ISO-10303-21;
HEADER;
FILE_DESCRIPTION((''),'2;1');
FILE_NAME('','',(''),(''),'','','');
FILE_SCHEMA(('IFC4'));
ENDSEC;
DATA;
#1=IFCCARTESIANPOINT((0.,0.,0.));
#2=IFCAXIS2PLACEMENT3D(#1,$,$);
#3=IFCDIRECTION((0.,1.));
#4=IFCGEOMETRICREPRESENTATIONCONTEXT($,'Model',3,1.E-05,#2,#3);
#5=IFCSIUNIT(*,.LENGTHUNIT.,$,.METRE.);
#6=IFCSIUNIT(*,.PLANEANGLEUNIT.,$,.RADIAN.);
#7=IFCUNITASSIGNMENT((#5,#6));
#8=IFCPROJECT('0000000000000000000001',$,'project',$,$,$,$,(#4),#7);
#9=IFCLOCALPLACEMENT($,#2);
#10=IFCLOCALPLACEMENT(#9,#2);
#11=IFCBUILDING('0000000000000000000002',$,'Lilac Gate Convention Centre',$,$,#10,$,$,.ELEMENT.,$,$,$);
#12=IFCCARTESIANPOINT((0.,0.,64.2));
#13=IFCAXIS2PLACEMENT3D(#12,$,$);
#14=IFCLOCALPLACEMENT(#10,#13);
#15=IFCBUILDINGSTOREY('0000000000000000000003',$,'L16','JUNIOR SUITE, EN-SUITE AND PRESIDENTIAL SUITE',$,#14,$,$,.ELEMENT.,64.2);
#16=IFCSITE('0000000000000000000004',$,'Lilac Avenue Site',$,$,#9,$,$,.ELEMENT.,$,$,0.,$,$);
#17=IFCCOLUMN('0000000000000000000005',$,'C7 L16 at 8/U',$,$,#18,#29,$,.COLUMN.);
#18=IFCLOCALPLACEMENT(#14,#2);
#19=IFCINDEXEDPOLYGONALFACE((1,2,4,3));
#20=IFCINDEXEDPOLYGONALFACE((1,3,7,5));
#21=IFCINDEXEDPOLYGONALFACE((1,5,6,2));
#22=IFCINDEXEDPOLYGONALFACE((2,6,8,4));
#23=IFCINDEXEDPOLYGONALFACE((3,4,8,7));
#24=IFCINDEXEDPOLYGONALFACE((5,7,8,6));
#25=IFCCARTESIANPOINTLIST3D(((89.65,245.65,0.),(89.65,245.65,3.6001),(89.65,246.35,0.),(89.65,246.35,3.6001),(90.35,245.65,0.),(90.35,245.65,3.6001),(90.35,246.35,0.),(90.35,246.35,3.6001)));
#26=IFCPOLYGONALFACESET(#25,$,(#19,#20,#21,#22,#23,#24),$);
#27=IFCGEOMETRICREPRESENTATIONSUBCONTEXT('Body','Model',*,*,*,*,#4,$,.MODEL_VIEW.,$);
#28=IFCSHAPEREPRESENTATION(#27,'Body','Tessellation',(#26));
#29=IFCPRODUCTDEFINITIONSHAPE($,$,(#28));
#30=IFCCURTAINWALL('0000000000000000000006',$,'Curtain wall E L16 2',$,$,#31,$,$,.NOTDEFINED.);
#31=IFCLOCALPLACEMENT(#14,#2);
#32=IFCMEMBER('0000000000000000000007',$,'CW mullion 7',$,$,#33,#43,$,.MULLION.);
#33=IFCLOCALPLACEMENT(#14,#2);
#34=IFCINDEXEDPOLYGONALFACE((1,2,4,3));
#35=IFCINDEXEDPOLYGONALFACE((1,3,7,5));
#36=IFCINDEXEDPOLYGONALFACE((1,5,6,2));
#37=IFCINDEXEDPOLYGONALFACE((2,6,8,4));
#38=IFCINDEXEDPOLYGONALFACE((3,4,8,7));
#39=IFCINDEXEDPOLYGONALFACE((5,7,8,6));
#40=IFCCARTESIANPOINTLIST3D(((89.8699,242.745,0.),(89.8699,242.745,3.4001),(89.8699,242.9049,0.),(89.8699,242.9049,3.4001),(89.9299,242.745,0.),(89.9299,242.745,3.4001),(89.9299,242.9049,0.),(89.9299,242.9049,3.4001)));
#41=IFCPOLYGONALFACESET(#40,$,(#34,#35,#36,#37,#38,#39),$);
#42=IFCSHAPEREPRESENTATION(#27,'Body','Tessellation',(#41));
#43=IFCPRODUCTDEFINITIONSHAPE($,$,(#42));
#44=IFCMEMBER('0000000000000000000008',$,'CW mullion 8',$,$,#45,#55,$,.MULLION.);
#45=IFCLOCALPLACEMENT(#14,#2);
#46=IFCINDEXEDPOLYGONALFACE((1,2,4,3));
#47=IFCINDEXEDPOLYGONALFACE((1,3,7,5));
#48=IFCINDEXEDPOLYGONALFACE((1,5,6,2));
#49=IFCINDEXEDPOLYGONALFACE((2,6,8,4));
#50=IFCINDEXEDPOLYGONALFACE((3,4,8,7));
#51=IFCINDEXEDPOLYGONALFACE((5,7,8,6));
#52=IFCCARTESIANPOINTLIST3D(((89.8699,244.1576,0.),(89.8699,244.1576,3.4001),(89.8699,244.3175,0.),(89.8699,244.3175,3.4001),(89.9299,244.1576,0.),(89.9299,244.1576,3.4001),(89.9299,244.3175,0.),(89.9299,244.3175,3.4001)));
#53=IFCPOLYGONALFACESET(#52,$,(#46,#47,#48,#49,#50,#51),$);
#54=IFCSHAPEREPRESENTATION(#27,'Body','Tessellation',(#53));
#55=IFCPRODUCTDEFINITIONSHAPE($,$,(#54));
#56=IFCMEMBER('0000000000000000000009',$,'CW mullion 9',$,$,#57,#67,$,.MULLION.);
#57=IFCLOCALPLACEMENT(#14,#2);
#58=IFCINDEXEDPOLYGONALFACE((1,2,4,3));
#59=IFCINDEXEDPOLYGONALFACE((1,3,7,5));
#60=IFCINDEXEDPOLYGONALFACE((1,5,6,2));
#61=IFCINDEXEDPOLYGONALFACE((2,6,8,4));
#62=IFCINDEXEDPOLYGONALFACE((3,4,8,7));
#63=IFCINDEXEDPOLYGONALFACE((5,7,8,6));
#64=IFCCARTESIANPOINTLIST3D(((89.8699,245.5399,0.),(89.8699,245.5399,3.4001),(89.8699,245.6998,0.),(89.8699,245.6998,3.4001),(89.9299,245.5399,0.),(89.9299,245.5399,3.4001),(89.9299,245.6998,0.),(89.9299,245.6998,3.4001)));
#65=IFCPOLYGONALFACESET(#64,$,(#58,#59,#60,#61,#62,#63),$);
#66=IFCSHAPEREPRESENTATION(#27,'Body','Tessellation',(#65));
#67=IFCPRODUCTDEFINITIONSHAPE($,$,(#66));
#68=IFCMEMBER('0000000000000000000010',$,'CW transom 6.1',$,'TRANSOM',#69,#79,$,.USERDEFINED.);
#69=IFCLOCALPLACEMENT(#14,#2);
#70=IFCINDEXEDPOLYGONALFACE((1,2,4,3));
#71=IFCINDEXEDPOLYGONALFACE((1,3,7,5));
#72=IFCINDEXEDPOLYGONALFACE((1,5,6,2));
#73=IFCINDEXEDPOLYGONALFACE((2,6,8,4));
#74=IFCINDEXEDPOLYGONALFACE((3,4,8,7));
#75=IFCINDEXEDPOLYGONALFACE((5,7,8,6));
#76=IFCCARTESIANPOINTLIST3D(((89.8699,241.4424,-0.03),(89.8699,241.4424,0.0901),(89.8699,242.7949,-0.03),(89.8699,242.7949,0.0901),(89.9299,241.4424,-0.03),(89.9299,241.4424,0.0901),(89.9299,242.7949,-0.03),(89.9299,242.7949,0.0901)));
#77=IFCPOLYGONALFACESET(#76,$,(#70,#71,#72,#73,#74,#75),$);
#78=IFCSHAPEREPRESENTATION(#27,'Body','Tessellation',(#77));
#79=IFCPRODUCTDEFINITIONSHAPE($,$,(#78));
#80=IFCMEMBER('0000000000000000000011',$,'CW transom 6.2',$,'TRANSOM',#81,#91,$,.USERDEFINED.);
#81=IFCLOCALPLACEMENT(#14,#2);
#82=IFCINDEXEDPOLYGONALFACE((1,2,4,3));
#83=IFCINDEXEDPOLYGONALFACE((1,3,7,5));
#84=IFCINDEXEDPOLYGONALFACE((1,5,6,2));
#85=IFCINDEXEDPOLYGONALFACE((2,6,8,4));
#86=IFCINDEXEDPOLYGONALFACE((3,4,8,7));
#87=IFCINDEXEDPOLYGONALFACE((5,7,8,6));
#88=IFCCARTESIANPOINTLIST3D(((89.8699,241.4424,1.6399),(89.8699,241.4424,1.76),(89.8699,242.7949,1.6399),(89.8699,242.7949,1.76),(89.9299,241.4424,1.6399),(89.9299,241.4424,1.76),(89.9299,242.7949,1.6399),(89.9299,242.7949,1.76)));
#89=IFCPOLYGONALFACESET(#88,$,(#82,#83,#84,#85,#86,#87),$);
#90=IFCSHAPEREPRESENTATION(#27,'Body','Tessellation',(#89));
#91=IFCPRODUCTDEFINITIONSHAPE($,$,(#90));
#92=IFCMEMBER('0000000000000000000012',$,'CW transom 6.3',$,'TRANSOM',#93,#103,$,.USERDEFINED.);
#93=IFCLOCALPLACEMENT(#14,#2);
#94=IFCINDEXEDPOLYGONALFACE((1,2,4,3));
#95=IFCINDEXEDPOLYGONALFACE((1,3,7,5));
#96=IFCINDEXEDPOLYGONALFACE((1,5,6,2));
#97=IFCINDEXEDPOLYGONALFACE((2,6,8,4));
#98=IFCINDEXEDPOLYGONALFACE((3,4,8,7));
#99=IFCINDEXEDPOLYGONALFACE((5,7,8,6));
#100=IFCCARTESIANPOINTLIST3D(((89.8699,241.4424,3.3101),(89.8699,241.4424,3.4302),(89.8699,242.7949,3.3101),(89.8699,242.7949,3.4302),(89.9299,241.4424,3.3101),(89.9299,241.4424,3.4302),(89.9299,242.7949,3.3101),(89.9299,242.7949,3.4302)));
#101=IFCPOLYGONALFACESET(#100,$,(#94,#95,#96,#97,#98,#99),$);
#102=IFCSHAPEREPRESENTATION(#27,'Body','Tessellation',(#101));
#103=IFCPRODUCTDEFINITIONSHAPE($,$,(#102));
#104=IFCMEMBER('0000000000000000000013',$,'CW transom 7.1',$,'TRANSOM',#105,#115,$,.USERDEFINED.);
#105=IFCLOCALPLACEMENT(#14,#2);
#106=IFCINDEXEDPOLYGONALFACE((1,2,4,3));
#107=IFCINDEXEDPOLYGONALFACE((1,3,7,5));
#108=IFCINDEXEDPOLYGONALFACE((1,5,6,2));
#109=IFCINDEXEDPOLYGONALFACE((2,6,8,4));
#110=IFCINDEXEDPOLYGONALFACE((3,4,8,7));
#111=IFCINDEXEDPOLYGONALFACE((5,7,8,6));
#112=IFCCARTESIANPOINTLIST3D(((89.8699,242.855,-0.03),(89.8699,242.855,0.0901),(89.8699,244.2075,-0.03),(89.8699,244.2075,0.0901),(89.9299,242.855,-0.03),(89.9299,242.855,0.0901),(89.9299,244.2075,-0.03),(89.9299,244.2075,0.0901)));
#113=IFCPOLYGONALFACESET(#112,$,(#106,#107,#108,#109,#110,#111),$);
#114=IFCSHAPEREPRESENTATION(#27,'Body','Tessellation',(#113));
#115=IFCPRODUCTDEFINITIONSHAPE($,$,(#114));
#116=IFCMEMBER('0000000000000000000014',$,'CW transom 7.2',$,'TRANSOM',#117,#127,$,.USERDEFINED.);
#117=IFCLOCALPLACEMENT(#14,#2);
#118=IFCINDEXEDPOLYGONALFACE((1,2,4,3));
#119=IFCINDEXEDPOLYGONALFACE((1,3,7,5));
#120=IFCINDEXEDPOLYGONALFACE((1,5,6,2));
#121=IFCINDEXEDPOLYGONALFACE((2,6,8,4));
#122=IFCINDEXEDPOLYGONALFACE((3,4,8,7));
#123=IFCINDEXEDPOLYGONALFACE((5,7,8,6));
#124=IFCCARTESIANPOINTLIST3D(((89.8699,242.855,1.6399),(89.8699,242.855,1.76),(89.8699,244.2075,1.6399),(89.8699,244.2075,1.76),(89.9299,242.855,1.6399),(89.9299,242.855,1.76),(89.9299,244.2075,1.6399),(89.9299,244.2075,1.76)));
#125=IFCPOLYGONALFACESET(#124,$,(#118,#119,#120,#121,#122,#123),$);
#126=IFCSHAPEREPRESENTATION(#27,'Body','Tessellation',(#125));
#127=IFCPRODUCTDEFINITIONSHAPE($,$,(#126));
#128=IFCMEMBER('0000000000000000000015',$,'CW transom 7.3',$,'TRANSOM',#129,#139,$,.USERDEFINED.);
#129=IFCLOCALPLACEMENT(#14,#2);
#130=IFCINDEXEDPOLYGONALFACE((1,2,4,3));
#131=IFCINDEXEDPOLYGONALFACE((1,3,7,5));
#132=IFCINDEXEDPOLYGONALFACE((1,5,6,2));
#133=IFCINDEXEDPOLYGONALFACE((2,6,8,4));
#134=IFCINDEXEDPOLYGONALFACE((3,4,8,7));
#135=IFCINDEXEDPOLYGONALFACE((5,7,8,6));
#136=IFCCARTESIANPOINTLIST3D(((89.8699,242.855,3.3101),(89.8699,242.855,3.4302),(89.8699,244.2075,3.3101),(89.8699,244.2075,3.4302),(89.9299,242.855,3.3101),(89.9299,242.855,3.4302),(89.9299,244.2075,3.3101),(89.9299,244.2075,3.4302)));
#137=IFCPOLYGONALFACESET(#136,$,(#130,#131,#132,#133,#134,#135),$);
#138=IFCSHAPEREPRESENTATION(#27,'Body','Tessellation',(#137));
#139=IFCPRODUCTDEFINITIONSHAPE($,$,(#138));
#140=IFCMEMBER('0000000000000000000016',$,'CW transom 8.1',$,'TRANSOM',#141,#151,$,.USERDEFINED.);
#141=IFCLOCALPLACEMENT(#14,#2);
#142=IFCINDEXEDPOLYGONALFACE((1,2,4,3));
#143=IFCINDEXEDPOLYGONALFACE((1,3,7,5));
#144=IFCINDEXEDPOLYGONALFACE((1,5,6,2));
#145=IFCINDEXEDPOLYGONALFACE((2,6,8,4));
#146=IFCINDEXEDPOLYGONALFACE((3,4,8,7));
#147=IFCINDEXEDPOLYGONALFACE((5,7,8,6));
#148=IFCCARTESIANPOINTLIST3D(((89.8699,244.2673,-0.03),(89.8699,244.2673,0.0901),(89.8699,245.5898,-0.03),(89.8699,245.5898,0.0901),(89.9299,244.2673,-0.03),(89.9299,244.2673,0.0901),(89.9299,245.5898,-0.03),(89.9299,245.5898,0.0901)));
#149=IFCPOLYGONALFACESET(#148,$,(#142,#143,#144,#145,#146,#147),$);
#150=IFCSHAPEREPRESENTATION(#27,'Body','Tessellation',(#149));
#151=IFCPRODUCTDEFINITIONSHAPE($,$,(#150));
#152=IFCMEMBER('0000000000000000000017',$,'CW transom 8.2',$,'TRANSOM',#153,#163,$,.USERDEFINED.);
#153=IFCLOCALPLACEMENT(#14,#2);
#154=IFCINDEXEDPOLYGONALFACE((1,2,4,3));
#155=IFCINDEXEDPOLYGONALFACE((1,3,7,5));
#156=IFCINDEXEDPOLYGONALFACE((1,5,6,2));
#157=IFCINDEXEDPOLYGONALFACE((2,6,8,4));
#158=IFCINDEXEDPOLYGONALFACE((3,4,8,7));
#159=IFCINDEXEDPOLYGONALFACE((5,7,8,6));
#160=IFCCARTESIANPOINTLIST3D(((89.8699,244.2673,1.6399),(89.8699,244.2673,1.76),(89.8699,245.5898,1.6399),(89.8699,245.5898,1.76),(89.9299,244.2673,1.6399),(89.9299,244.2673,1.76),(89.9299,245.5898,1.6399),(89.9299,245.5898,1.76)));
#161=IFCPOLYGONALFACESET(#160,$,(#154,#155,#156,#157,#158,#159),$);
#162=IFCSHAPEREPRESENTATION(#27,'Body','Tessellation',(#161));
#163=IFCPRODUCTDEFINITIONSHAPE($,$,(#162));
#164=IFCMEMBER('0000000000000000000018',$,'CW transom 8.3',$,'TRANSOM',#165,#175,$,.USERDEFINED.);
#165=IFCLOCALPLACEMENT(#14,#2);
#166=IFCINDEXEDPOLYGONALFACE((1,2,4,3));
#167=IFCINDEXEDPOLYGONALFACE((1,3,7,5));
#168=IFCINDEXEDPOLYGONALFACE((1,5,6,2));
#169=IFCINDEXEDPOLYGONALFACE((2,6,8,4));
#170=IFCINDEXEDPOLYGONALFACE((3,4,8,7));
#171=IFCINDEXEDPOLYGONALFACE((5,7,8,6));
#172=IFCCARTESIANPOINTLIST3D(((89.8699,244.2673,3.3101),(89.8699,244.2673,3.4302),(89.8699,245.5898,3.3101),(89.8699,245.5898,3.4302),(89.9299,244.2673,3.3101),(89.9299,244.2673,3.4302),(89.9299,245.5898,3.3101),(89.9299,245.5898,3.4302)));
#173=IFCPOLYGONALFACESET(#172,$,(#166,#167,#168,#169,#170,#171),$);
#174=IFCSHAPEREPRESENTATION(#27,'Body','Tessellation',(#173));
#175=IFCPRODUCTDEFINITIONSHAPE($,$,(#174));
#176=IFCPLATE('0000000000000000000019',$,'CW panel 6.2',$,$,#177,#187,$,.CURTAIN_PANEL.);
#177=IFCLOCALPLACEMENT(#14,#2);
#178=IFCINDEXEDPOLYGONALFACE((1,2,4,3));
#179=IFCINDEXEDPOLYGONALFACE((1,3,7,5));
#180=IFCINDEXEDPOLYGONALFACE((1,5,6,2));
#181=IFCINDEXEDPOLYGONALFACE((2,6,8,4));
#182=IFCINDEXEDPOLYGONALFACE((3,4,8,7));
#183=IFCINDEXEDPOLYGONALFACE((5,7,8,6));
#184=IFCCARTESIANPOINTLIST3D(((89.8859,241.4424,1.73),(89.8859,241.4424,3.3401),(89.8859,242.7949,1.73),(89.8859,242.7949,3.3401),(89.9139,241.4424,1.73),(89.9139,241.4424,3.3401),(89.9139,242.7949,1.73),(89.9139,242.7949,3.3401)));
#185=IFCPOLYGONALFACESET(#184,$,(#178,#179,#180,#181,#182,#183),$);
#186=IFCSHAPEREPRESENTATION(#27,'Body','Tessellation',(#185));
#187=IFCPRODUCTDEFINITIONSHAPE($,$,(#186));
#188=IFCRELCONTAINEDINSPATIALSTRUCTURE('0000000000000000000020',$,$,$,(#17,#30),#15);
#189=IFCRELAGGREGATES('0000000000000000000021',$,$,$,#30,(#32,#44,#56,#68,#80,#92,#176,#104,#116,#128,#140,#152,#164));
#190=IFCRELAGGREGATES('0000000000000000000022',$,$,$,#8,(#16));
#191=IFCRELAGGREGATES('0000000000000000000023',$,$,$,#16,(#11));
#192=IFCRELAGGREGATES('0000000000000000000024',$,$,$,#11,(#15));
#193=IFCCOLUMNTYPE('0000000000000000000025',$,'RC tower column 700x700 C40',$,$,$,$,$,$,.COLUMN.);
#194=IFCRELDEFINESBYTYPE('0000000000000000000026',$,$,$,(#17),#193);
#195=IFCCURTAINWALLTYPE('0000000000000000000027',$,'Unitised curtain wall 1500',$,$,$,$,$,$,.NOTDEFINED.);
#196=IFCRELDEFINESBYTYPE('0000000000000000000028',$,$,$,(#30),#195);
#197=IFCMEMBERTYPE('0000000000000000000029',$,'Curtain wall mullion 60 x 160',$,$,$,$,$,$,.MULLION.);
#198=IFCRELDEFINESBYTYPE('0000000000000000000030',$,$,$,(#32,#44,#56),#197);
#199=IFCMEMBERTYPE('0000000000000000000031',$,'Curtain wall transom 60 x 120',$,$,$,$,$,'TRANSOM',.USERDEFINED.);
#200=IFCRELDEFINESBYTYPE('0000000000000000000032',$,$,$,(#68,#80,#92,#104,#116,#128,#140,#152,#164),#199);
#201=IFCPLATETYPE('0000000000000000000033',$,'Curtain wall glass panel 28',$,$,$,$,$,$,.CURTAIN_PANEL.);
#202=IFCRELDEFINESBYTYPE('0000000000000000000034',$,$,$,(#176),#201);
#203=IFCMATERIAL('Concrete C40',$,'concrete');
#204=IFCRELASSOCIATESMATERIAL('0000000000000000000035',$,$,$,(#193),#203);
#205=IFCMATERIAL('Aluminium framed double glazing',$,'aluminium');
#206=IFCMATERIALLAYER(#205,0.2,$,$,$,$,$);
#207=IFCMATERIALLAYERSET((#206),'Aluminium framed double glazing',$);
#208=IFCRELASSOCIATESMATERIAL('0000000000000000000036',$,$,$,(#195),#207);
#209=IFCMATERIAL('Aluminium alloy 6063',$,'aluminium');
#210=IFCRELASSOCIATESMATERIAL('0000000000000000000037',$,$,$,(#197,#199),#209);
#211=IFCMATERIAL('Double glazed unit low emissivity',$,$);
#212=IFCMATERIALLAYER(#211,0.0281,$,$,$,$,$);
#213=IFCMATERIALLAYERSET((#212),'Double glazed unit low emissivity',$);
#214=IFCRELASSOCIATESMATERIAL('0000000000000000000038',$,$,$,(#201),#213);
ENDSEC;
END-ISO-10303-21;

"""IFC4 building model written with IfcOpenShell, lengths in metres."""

from ifc_helpers import new_model, si_unit, direction, frame, origin, origin_2d, place, context, subcontext, project, spatial, rectangle, extrude, material, layer, layer_set, material_profile, profile_set, type_object, element, aggregate, save


model = new_model("IFC4")

# Units and contexts
model_context = context("Model", 3, precision=1e-05, world=origin(), true_north=direction((0.0, 1.0)))
body_context = subcontext(model_context, "Body", "Model", "MODEL_VIEW")
ifc_project = project(units=[si_unit("LENGTHUNIT", "METRE"), si_unit("PLANEANGLEUNIT", "RADIAN")], contexts=[model_context])

# Site, building, storey
site_placement = place(None, origin())
site = spatial("IfcSite", under=ifc_project, at=site_placement, Name="Lilac Avenue Site", CompositionType="ELEMENT", RefElevation=0.0)
building_placement = place(site_placement, origin())
building = spatial("IfcBuilding", under=site, at=building_placement, Name="Lilac Gate Convention Centre", CompositionType="ELEMENT")
storey_placement = place(building_placement, frame((0.0, 0.0, 64.2)))
storey = spatial("IfcBuildingStorey", under=building, at=storey_placement, Name="L16", Description="JUNIOR SUITE, EN-SUITE AND PRESIDENTIAL SUITE", CompositionType="ELEMENT", Elevation=64.2)

# Column
ifc_material_1 = material(Name="Concrete C40", Category="concrete")
ifc_material_profile_1 = material_profile(ifc_material_1, rectangle(XDim=0.7, YDim=0.7, at=origin_2d()), Name="RC 700x700")
ifc_profile_set_1 = profile_set([ifc_material_profile_1], Name="Concrete C40")
column_type = type_object("IfcColumnType", Name="RC tower column 700x700 C40", PredefinedType="COLUMN", material=ifc_profile_set_1)
column_placement = place(storey_placement, frame((90.0, 246.0, 0.0), z_axis=(0.0, 0.0, 1.0), x_axis=(1.0, 0.0, 0.0)))
element("IfcColumn", 1, at=column_placement, inside=storey, type_object=column_type, Name="C7 L16 at 8/U", PredefinedType="COLUMN", context=body_context, shape_type="SweptSolid", body=[
    extrude(rectangle(XDim=0.7, YDim=0.7, at=origin_2d()), origin(), (0.0, 0.0, 1.0), 3.6001),
])

# Curtain wall, members, plate
ifc_material_2 = material(Name="Aluminium framed double glazing", Category="aluminium")
ifc_layer_1 = layer(ifc_material_2, 0.2)
ifc_layer_set_1 = layer_set([ifc_layer_1], Name="Aluminium framed double glazing")
curtain_wall_type = type_object("IfcCurtainWallType", Name="Unitised curtain wall 1500", PredefinedType="NOTDEFINED", material=ifc_layer_set_1)
curtain_wall_placement = place(storey_placement, origin())
curtain_wall = element("IfcCurtainWall", 2, at=curtain_wall_placement, inside=storey, type_object=curtain_wall_type, Name="Curtain wall E L16 2", PredefinedType="NOTDEFINED")
ifc_material_3 = material(Name="Aluminium alloy 6063", Category="aluminium")
ifc_material_profile_2 = material_profile(ifc_material_3, rectangle(XDim=0.0601, YDim=0.1599, at=origin_2d()), Name="Curtain wall mullion 60 x 160")
ifc_profile_set_2 = profile_set([ifc_material_profile_2], Name="Aluminium alloy 6063")
member_type_1 = type_object("IfcMemberType", Name="Curtain wall mullion 60 x 160", PredefinedType="MULLION", material=ifc_profile_set_2)
member_1_placement = place(storey_placement, frame((89.8999, 242.825, 0.0), z_axis=(0.0, 0.0, 1.0), x_axis=(-1.0, 0.0, 0.0)))
member_1 = element("IfcMember", 3, at=member_1_placement, type_object=member_type_1, Name="CW mullion 7", PredefinedType="MULLION", context=body_context, shape_type="SweptSolid", body=[
    extrude(rectangle(XDim=0.0601, YDim=0.1599, at=origin_2d()), origin(), (0.0, 0.0, 1.0), 3.4001),
])
member_2_placement = place(storey_placement, frame((89.8999, 244.2375, 0.0), z_axis=(0.0, 0.0, 1.0), x_axis=(-1.0, 0.0, 0.0)))
member_2 = element("IfcMember", 4, at=member_2_placement, type_object=member_type_1, Name="CW mullion 8", PredefinedType="MULLION", context=body_context, shape_type="SweptSolid", body=[
    extrude(rectangle(XDim=0.0601, YDim=0.1599, at=origin_2d()), origin(), (0.0, 0.0, 1.0), 3.4001),
])
member_3_placement = place(storey_placement, frame((89.8999, 245.6199, 0.0), z_axis=(0.0, 0.0, 1.0), x_axis=(-1.0, 0.0, 0.0)))
member_3 = element("IfcMember", 5, at=member_3_placement, type_object=member_type_1, Name="CW mullion 9", PredefinedType="MULLION", context=body_context, shape_type="SweptSolid", body=[
    extrude(rectangle(XDim=0.0601, YDim=0.1599, at=origin_2d()), origin(), (0.0, 0.0, 1.0), 3.4001),
])
ifc_material_profile_3 = material_profile(ifc_material_3, rectangle(XDim=0.0601, YDim=0.1201, at=origin_2d()), Name="Curtain wall transom 60 x 120")
ifc_profile_set_3 = profile_set([ifc_material_profile_3], Name="Aluminium alloy 6063")
member_type_2 = type_object("IfcMemberType", Name="Curtain wall transom 60 x 120", ElementType="TRANSOM", PredefinedType="USERDEFINED", material=ifc_profile_set_3)
member_4_placement = place(storey_placement, frame((89.8999, 241.4424, 0.03), z_axis=(0.0, 1.0, 0.0), x_axis=(-1.0, 0.0, 0.0)))
member_4 = element("IfcMember", 6, at=member_4_placement, type_object=member_type_2, Name="CW transom 6.1", ObjectType="TRANSOM", PredefinedType="USERDEFINED", context=body_context, shape_type="SweptSolid", body=[
    extrude(rectangle(XDim=0.0601, YDim=0.1201, at=origin_2d()), origin(), (0.0, 0.0, 1.0), 1.3525),
])
member_5_placement = place(storey_placement, frame((89.8999, 241.4424, 1.7), z_axis=(0.0, 1.0, 0.0), x_axis=(-1.0, 0.0, 0.0)))
member_5 = element("IfcMember", 7, at=member_5_placement, type_object=member_type_2, Name="CW transom 6.2", ObjectType="TRANSOM", PredefinedType="USERDEFINED", context=body_context, shape_type="SweptSolid", body=[
    extrude(rectangle(XDim=0.0601, YDim=0.1201, at=origin_2d()), origin(), (0.0, 0.0, 1.0), 1.3525),
])
member_6_placement = place(storey_placement, frame((89.8999, 241.4424, 3.3701), z_axis=(0.0, 1.0, 0.0), x_axis=(-1.0, 0.0, 0.0)))
member_6 = element("IfcMember", 8, at=member_6_placement, type_object=member_type_2, Name="CW transom 6.3", ObjectType="TRANSOM", PredefinedType="USERDEFINED", context=body_context, shape_type="SweptSolid", body=[
    extrude(rectangle(XDim=0.0601, YDim=0.1201, at=origin_2d()), origin(), (0.0, 0.0, 1.0), 1.3525),
])
member_7_placement = place(storey_placement, frame((89.8999, 242.855, 0.03), z_axis=(0.0, 1.0, 0.0), x_axis=(-1.0, 0.0, 0.0)))
member_7 = element("IfcMember", 9, at=member_7_placement, type_object=member_type_2, Name="CW transom 7.1", ObjectType="TRANSOM", PredefinedType="USERDEFINED", context=body_context, shape_type="SweptSolid", body=[
    extrude(rectangle(XDim=0.0601, YDim=0.1201, at=origin_2d()), origin(), (0.0, 0.0, 1.0), 1.3525),
])
member_8_placement = place(storey_placement, frame((89.8999, 242.855, 1.7), z_axis=(0.0, 1.0, 0.0), x_axis=(-1.0, 0.0, 0.0)))
member_8 = element("IfcMember", 10, at=member_8_placement, type_object=member_type_2, Name="CW transom 7.2", ObjectType="TRANSOM", PredefinedType="USERDEFINED", context=body_context, shape_type="SweptSolid", body=[
    extrude(rectangle(XDim=0.0601, YDim=0.1201, at=origin_2d()), origin(), (0.0, 0.0, 1.0), 1.3525),
])
member_9_placement = place(storey_placement, frame((89.8999, 242.855, 3.3701), z_axis=(0.0, 1.0, 0.0), x_axis=(-1.0, 0.0, 0.0)))
member_9 = element("IfcMember", 11, at=member_9_placement, type_object=member_type_2, Name="CW transom 7.3", ObjectType="TRANSOM", PredefinedType="USERDEFINED", context=body_context, shape_type="SweptSolid", body=[
    extrude(rectangle(XDim=0.0601, YDim=0.1201, at=origin_2d()), origin(), (0.0, 0.0, 1.0), 1.3525),
])
member_10_placement = place(storey_placement, frame((89.8999, 244.2673, 0.03), z_axis=(0.0, 1.0, 0.0), x_axis=(-1.0, 0.0, 0.0)))
member_10 = element("IfcMember", 12, at=member_10_placement, type_object=member_type_2, Name="CW transom 8.1", ObjectType="TRANSOM", PredefinedType="USERDEFINED", context=body_context, shape_type="SweptSolid", body=[
    extrude(rectangle(XDim=0.0601, YDim=0.1201, at=origin_2d()), origin(), (0.0, 0.0, 1.0), 1.3225),
])
member_11_placement = place(storey_placement, frame((89.8999, 244.2673, 1.7), z_axis=(0.0, 1.0, 0.0), x_axis=(-1.0, 0.0, 0.0)))
member_11 = element("IfcMember", 13, at=member_11_placement, type_object=member_type_2, Name="CW transom 8.2", ObjectType="TRANSOM", PredefinedType="USERDEFINED", context=body_context, shape_type="SweptSolid", body=[
    extrude(rectangle(XDim=0.0601, YDim=0.1201, at=origin_2d()), origin(), (0.0, 0.0, 1.0), 1.3225),
])
member_12_placement = place(storey_placement, frame((89.8999, 244.2673, 3.3701), z_axis=(0.0, 1.0, 0.0), x_axis=(-1.0, 0.0, 0.0)))
member_12 = element("IfcMember", 14, at=member_12_placement, type_object=member_type_2, Name="CW transom 8.3", ObjectType="TRANSOM", PredefinedType="USERDEFINED", context=body_context, shape_type="SweptSolid", body=[
    extrude(rectangle(XDim=0.0601, YDim=0.1201, at=origin_2d()), origin(), (0.0, 0.0, 1.0), 1.3225),
])
ifc_material_4 = material(Name="Double glazed unit low emissivity")
ifc_layer_2 = layer(ifc_material_4, 0.0281)
ifc_layer_set_2 = layer_set([ifc_layer_2], Name="Double glazed unit low emissivity")
plate_type_1 = type_object("IfcPlateType", Name="Curtain wall glass panel 28", PredefinedType="CURTAIN_PANEL", material=ifc_layer_set_2)
plate_1_placement = place(storey_placement, frame((89.8999, 242.1187, 1.73), z_axis=(0.0, 0.0, 1.0), x_axis=(0.0, 1.0, 0.0)))
plate_1 = element("IfcPlate", 15, at=plate_1_placement, type_object=plate_type_1, Name="CW panel 6.2", PredefinedType="CURTAIN_PANEL", context=body_context, shape_type="SweptSolid", body=[
    extrude(rectangle(XDim=1.3525, YDim=0.0281, at=origin_2d()), origin(), (0.0, 0.0, 1.0), 1.6101),
])
aggregate(curtain_wall, [member_1, member_2, member_3, member_4, member_5, member_6, plate_1, member_7, member_8, member_9, member_10, member_11, member_12])

save(model, "model.ifc")
